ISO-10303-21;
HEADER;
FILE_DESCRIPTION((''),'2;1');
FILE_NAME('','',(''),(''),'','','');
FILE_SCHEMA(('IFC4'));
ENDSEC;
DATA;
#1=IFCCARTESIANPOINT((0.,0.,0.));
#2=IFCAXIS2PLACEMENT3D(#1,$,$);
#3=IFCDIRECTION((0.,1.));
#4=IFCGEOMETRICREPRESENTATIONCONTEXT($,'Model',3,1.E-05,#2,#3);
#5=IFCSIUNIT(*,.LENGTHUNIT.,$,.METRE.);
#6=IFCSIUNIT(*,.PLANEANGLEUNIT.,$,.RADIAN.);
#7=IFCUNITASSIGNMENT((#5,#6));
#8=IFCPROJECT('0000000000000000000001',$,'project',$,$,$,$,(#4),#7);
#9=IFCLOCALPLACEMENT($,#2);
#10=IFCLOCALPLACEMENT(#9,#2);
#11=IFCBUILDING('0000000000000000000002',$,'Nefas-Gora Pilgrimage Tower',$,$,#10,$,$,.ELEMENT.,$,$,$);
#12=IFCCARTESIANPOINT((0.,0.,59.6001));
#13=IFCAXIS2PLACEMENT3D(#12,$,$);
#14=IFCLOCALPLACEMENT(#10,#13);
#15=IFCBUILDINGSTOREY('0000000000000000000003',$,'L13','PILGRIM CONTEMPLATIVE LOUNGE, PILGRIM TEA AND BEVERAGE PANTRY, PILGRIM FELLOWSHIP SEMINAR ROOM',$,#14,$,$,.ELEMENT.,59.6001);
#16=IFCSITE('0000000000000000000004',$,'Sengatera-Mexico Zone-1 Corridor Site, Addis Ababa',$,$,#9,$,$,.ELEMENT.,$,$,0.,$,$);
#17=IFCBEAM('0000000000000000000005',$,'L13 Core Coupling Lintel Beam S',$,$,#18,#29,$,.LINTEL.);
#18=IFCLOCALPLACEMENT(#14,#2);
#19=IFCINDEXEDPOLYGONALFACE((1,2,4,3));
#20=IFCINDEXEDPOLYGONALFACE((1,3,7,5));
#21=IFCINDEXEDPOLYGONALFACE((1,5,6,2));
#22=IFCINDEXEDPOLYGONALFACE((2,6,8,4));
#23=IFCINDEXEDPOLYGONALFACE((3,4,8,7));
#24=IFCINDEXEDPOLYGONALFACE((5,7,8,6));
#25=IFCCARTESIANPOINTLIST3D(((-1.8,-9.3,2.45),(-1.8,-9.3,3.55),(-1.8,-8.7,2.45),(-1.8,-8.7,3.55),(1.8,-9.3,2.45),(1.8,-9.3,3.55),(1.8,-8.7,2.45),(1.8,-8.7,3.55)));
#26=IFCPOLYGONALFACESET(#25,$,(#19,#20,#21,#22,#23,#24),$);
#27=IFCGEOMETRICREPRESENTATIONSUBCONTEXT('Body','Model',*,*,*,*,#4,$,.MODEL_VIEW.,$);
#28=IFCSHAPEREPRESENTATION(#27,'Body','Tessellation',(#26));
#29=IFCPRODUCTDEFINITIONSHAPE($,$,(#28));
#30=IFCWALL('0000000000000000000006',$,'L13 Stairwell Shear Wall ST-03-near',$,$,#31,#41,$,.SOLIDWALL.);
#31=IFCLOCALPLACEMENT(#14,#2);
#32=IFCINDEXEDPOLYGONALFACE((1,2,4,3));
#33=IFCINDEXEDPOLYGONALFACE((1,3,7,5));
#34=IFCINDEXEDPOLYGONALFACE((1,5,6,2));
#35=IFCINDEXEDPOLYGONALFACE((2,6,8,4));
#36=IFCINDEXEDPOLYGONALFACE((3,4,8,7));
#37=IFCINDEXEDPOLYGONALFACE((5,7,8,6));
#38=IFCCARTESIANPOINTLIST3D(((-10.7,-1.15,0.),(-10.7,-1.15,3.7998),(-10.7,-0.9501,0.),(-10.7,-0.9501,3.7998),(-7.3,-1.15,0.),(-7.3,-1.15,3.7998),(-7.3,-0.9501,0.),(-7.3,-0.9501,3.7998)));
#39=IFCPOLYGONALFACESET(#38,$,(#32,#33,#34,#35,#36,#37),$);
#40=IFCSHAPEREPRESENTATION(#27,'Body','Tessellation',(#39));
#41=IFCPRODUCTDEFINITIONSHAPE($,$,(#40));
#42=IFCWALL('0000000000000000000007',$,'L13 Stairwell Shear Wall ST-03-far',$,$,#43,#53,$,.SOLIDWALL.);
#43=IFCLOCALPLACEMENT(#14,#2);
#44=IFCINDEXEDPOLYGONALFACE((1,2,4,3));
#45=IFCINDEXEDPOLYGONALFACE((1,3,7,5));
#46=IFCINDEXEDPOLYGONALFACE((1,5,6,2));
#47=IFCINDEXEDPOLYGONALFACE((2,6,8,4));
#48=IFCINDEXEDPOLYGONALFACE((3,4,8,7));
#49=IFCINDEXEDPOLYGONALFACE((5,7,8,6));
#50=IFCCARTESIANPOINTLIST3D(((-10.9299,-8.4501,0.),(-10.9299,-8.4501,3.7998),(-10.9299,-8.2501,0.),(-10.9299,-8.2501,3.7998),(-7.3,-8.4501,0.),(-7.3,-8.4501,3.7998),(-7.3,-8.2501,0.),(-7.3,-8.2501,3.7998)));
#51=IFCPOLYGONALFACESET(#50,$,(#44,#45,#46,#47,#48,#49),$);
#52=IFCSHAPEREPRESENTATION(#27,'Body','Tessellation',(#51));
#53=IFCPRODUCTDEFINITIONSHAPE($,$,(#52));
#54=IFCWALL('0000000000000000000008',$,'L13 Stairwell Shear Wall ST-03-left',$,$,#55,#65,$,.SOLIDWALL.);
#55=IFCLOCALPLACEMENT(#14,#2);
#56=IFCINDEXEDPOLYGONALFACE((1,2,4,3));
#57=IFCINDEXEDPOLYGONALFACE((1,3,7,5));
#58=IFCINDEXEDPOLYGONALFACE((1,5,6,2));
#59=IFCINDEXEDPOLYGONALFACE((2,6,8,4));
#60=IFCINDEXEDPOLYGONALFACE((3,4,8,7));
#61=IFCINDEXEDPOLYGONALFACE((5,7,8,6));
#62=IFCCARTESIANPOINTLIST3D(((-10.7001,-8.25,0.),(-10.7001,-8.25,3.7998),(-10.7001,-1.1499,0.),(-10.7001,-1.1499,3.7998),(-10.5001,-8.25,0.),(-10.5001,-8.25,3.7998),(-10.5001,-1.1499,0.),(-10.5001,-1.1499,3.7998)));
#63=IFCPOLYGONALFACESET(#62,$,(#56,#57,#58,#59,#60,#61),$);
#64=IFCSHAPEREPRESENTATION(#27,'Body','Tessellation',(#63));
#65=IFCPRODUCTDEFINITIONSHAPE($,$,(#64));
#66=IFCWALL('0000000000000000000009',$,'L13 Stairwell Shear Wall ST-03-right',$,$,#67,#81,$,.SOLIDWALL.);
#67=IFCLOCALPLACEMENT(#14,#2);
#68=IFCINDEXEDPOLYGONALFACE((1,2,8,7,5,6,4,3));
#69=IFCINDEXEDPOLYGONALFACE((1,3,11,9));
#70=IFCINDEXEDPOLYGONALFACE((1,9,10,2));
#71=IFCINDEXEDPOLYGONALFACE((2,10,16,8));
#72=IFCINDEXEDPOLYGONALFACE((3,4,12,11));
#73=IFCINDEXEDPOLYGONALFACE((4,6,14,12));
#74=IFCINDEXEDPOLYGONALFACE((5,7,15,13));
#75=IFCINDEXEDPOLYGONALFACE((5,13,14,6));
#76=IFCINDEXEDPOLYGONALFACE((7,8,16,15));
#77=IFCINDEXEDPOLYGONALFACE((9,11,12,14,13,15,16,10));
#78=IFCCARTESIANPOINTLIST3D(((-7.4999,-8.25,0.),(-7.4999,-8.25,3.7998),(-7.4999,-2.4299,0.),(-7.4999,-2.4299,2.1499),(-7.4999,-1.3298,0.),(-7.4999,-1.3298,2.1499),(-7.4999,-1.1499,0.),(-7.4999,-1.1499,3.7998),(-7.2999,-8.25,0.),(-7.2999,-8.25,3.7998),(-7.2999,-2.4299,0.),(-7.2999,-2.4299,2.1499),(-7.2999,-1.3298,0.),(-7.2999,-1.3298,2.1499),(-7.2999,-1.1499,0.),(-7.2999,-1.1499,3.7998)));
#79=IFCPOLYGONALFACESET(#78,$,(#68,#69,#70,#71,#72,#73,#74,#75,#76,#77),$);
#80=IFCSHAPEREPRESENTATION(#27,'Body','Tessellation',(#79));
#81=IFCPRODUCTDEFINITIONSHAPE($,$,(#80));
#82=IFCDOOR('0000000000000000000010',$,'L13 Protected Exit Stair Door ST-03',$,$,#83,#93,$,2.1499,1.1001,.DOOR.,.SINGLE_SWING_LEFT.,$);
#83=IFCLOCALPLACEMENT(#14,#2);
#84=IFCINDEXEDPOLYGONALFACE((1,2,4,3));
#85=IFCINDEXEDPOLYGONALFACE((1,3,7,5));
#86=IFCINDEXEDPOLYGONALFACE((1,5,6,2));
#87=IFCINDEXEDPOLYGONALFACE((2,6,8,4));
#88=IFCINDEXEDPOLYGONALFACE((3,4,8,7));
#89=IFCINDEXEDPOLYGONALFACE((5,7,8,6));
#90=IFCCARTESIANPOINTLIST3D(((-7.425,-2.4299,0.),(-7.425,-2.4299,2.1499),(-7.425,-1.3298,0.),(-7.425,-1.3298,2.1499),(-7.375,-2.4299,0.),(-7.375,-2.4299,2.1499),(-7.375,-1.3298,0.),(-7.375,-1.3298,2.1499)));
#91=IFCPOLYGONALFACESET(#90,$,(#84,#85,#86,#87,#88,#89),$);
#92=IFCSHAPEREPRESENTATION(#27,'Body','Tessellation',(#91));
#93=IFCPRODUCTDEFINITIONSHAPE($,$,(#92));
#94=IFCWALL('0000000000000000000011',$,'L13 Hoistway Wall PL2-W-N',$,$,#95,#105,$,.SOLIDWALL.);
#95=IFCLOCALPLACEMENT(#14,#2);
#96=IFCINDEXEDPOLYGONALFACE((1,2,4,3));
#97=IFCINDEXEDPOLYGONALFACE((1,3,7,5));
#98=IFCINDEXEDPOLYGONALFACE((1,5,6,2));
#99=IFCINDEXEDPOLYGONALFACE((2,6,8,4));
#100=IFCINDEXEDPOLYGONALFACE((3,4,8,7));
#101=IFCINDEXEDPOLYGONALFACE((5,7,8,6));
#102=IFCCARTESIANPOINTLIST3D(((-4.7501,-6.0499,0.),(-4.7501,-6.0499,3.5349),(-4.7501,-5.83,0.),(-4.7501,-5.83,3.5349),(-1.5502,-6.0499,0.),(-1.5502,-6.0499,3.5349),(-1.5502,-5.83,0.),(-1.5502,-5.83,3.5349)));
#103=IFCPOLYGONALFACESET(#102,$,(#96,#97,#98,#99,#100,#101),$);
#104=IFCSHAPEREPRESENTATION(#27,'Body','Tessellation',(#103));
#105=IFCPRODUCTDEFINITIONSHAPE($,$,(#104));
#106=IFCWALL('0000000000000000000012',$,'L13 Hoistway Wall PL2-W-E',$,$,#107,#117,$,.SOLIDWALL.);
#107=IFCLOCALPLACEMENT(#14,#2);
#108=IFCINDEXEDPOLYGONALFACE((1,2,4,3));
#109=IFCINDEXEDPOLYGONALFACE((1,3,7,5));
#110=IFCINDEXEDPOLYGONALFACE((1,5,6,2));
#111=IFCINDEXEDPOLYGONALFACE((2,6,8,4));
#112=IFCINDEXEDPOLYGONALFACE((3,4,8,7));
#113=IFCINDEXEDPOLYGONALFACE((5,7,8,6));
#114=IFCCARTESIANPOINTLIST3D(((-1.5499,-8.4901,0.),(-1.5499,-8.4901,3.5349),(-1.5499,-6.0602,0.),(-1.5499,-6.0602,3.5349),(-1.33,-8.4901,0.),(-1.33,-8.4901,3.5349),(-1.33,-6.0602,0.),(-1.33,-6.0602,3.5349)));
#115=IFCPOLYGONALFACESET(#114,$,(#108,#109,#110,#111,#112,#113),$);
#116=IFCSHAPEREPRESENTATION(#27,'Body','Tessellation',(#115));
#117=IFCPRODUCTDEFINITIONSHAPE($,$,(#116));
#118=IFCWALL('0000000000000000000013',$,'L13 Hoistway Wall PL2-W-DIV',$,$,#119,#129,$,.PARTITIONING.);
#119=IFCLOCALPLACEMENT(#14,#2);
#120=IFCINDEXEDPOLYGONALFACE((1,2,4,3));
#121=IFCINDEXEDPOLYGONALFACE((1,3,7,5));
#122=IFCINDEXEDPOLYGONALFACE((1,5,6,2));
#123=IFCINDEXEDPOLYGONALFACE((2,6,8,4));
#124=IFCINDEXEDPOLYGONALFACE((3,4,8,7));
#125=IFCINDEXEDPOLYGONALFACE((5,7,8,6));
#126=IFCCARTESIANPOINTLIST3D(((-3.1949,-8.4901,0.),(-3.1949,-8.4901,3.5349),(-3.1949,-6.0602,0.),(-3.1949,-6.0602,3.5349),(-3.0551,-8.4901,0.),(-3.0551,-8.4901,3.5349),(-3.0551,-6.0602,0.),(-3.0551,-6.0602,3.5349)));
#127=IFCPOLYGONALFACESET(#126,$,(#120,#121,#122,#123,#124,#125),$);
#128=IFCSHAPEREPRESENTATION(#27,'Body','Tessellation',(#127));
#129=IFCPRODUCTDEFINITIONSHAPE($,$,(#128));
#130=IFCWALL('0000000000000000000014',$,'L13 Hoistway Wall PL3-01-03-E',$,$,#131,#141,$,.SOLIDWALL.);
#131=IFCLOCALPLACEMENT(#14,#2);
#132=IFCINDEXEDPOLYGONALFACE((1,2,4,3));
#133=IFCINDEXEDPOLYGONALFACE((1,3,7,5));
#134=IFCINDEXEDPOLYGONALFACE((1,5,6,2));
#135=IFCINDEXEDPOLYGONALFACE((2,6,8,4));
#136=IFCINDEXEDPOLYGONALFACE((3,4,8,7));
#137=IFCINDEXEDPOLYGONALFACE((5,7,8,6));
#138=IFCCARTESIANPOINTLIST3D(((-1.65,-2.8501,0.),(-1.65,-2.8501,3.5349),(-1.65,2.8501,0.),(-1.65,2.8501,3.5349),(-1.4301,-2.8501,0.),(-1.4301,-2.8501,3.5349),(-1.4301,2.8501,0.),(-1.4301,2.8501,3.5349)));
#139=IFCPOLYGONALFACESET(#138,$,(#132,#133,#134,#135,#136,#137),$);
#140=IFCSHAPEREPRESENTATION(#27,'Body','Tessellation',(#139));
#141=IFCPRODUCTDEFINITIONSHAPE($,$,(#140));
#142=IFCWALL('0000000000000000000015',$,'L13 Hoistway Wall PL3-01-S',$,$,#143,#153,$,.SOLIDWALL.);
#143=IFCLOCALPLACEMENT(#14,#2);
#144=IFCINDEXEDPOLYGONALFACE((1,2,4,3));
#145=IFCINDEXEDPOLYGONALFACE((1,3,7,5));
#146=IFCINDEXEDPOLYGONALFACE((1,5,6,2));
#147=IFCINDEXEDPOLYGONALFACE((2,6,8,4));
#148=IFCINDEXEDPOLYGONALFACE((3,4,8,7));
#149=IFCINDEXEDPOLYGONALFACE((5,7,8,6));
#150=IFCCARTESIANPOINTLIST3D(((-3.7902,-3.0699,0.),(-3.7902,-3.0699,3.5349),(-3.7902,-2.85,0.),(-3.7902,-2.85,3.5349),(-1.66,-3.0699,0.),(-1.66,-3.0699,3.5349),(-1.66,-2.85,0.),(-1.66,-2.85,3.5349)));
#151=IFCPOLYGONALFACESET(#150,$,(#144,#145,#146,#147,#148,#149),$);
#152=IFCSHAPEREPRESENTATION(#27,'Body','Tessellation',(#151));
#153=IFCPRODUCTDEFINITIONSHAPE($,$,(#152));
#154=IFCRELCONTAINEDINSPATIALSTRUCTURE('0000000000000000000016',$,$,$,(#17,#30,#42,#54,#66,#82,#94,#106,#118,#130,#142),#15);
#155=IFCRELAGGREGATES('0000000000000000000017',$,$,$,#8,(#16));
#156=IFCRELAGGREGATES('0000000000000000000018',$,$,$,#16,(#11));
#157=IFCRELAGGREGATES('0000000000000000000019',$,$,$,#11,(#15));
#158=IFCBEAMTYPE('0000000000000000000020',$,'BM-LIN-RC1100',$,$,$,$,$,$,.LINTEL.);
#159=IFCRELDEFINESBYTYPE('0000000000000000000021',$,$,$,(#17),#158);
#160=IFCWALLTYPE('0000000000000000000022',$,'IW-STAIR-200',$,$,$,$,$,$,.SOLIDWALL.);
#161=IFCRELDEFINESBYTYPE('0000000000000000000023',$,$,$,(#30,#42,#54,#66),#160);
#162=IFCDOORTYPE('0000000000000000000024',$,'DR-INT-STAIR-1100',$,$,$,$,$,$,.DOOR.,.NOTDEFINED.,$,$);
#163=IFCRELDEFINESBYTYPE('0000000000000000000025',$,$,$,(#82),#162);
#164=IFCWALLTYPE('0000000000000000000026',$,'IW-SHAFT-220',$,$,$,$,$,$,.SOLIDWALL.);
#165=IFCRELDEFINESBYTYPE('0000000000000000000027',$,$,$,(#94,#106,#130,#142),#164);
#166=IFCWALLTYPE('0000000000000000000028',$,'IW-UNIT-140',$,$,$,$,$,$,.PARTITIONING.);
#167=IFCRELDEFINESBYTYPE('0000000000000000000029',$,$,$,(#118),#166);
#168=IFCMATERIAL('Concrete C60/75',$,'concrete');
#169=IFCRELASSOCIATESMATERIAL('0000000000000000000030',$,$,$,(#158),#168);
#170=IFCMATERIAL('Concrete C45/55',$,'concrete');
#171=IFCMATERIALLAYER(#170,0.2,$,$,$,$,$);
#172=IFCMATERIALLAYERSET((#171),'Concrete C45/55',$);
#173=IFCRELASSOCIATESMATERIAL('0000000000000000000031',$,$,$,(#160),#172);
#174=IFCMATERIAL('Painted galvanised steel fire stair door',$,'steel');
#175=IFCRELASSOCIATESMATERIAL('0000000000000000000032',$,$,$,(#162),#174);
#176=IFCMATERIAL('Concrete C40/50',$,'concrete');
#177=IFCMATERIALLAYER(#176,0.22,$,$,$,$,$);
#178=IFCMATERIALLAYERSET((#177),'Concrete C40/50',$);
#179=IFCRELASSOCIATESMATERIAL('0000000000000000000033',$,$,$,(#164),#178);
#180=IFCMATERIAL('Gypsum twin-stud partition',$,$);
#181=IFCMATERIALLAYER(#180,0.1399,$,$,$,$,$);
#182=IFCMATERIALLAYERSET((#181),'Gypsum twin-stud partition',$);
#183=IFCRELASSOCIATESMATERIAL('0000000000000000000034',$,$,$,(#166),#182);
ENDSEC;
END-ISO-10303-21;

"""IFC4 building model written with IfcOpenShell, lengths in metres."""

from ifc_helpers import new_model, si_unit, direction, frame, frame_2d, origin, origin_2d, place, context, subcontext, project, spatial, rectangle, extrude, source, transform, mapped, material, layer, layer_set, material_profile, profile_set, type_object, element, fill, save


model = new_model("IFC4")

# Units and contexts
model_context = context("Model", 3, precision=1e-05, world=origin(), true_north=direction((0.0, 1.0)))
body_context = subcontext(model_context, "Body", "Model", "MODEL_VIEW")
ifc_project = project(units=[si_unit("LENGTHUNIT", "METRE"), si_unit("PLANEANGLEUNIT", "RADIAN")], contexts=[model_context])

# Site, building, storey
site_placement = place(None, origin())
site = spatial("IfcSite", under=ifc_project, at=site_placement, Name="Sengatera-Mexico Zone-1 Corridor Site, Addis Ababa", CompositionType="ELEMENT", RefElevation=0.0)
building_placement = place(site_placement, origin())
building = spatial("IfcBuilding", under=site, at=building_placement, Name="Nefas-Gora Pilgrimage Tower", CompositionType="ELEMENT")
storey_placement = place(building_placement, frame((0.0, 0.0, 59.6001)))
storey = spatial("IfcBuildingStorey", under=building, at=storey_placement, Name="L13", Description="PILGRIM CONTEMPLATIVE LOUNGE, PILGRIM TEA AND BEVERAGE PANTRY, PILGRIM FELLOWSHIP SEMINAR ROOM", CompositionType="ELEMENT", Elevation=59.6001)

# Beam
ifc_material_1 = material(Name="Concrete C60/75", Category="concrete")
ifc_material_profile = material_profile(ifc_material_1, rectangle(XDim=0.6001, YDim=1.1001, at=origin_2d()), Name="RC 600x1100")
ifc_profile_set = profile_set([ifc_material_profile], Name="Concrete C60/75")
beam_type = type_object("IfcBeamType", Name="BM-LIN-RC1100", PredefinedType="LINTEL", material=ifc_profile_set)
shared_shape_1 = source(origin(), body_context, "Body", "SweptSolid", [
    extrude(rectangle(XDim=0.6001, YDim=1.1001, at=origin_2d()), origin(), (0.0, 0.0, 1.0), 3.6001),
])
beam_placement = place(storey_placement, frame((-1.8, -9.0, 3.0), z_axis=(1.0, 0.0, 0.0), x_axis=(0.0, 1.0, 0.0)))
element("IfcBeam", 1, at=beam_placement, inside=storey, type_object=beam_type, Name="L13 Core Coupling Lintel Beam S", PredefinedType="LINTEL", context=body_context, shape_type="MappedRepresentation", body=[
    mapped(shared_shape_1, transform((0.0, 0.0, 0.0), x_axis=(1.0, 0.0, 0.0), y_axis=(0.0, 1.0, 0.0), z_axis=(0.0, 0.0, 1.0), scale=1.0)),
])

# Walls
ifc_material_2 = material(Name="Concrete C45/55", Category="concrete")
ifc_layer_1 = layer(ifc_material_2, 0.2)
ifc_layer_set_1 = layer_set([ifc_layer_1], Name="Concrete C45/55")
wall_type_1 = type_object("IfcWallType", Name="IW-STAIR-200", PredefinedType="SOLIDWALL", material=ifc_layer_set_1)
shared_shape_2 = source(origin(), body_context, "Body", "SweptSolid", [
    extrude(rectangle(XDim=3.3999, YDim=0.2, at=frame_2d((1.7, 0.0))), origin(), (0.0, 0.0, 1.0), 3.7998),
])
wall_1_placement = place(storey_placement, frame((-10.7, -1.05, 0.0), z_axis=(0.0, 0.0, 1.0), x_axis=(1.0, 0.0, 0.0)))
element("IfcWall", 2, at=wall_1_placement, inside=storey, type_object=wall_type_1, Name="L13 Stairwell Shear Wall ST-03-near", PredefinedType="SOLIDWALL", context=body_context, shape_type="MappedRepresentation", body=[
    mapped(shared_shape_2, transform((0.0, 0.0, 0.0), x_axis=(1.0, 0.0, 0.0), y_axis=(0.0, 1.0, 0.0), z_axis=(0.0, 0.0, 1.0), scale=1.0)),
])
shared_shape_3 = source(origin(), body_context, "Body", "SweptSolid", [
    extrude(rectangle(XDim=3.6299, YDim=0.2, at=frame_2d((1.8149, 0.0))), origin(), (0.0, 0.0, 1.0), 3.7998),
])
wall_2_placement = place(storey_placement, frame((-10.9299, -8.3501, 0.0), z_axis=(0.0, 0.0, 1.0), x_axis=(1.0, 0.0, 0.0)))
element("IfcWall", 3, at=wall_2_placement, inside=storey, type_object=wall_type_1, Name="L13 Stairwell Shear Wall ST-03-far", PredefinedType="SOLIDWALL", context=body_context, shape_type="MappedRepresentation", body=[
    mapped(shared_shape_3, transform((0.0, 0.0, 0.0), x_axis=(1.0, 0.0, 0.0), y_axis=(0.0, 1.0, 0.0), z_axis=(0.0, 0.0, 1.0), scale=1.0)),
])
shared_shape_4 = source(origin(), body_context, "Body", "SweptSolid", [
    extrude(rectangle(XDim=7.1001, YDim=0.2, at=frame_2d((3.55, 0.0))), origin(), (0.0, 0.0, 1.0), 3.7998),
])
wall_3_placement = place(storey_placement, frame((-10.6001, -1.1499, 0.0), z_axis=(0.0, 0.0, 1.0), x_axis=(0.0, -1.0, 0.0)))
element("IfcWall", 4, at=wall_3_placement, inside=storey, type_object=wall_type_1, Name="L13 Stairwell Shear Wall ST-03-left", PredefinedType="SOLIDWALL", context=body_context, shape_type="MappedRepresentation", body=[
    mapped(shared_shape_4, transform((0.0, 0.0, 0.0), x_axis=(1.0, 0.0, 0.0), y_axis=(0.0, 1.0, 0.0), z_axis=(0.0, 0.0, 1.0), scale=1.0)),
])

# Wall, opening, door
wall_4_placement = place(storey_placement, frame((-7.3999, -1.1499, 0.0), z_axis=(0.0, 0.0, 1.0), x_axis=(0.0, -1.0, 0.0)))
wall_4 = element("IfcWall", 5, at=wall_4_placement, inside=storey, type_object=wall_type_1, Name="L13 Stairwell Shear Wall ST-03-right", PredefinedType="SOLIDWALL", context=body_context, shape_type="MappedRepresentation", body=[
    mapped(shared_shape_4, transform((0.0, 0.0, 0.0), x_axis=(1.0, 0.0, 0.0), y_axis=(0.0, 1.0, 0.0), z_axis=(0.0, 0.0, 1.0), scale=1.0)),
])
opening_1_placement = place(wall_4_placement, frame((0.1799, 0.0, 0.0)))
opening_1 = element("IfcOpeningElement", 6, at=opening_1_placement, cuts=wall_4, PredefinedType="OPENING", context=body_context, shape_type="SweptSolid", body=[
    extrude(rectangle(XDim=1.1001, YDim=2.1499, at=frame_2d((0.55, 1.075))), frame((0.0, 0.1099, 0.0), z_axis=(0.0, -1.0, 0.0), x_axis=(1.0, 0.0, 0.0)), (0.0, 0.0, 1.0), 0.22),
])
ifc_material_3 = material(Name="Painted galvanised steel fire stair door", Category="steel")
door_type_1 = type_object("IfcDoorType", Name="DR-INT-STAIR-1100", OperationType="NOTDEFINED", PredefinedType="DOOR", material=ifc_material_3)
shared_shape_5 = source(origin(), body_context, "Body", "SweptSolid", [
    extrude(rectangle(XDim=1.1001, YDim=2.1499, at=frame_2d((0.55, 1.075))), frame((0.0, 0.0249, 0.0), z_axis=(0.0, -1.0, 0.0), x_axis=(1.0, 0.0, 0.0)), (0.0, 0.0, 1.0), 0.05),
])
door_1_placement = place(opening_1_placement, origin())
door_1 = element("IfcDoor", 7, at=door_1_placement, inside=storey, type_object=door_type_1, Name="L13 Protected Exit Stair Door ST-03", OperationType="SINGLE_SWING_LEFT", OverallHeight=2.1499, OverallWidth=1.1001, PredefinedType="DOOR", context=body_context, shape_type="MappedRepresentation", body=[
    mapped(shared_shape_5, transform((0.0, 0.0, 0.0), x_axis=(1.0, 0.0, 0.0), y_axis=(0.0, 1.0, 0.0), z_axis=(0.0, 0.0, 1.0), scale=1.0)),
])
fill(opening_1, door_1)

# Walls
ifc_material_4 = material(Name="Concrete C40/50", Category="concrete")
ifc_layer_2 = layer(ifc_material_4, 0.22)
ifc_layer_set_2 = layer_set([ifc_layer_2], Name="Concrete C40/50")
wall_type_2 = type_object("IfcWallType", Name="IW-SHAFT-220", PredefinedType="SOLIDWALL", material=ifc_layer_set_2)
shared_shape_6 = source(origin(), body_context, "Body", "SweptSolid", [
    extrude(rectangle(XDim=3.2, YDim=0.22, at=frame_2d((1.6001, 0.0))), origin(), (0.0, 0.0, 1.0), 3.5349),
])
wall_5_placement = place(storey_placement, frame((-1.55, -5.9399, 0.0), z_axis=(0.0, 0.0, 1.0), x_axis=(-1.0, 0.0, 0.0)))
element("IfcWall", 8, at=wall_5_placement, inside=storey, type_object=wall_type_2, Name="L13 Hoistway Wall PL2-W-N", PredefinedType="SOLIDWALL", context=body_context, shape_type="MappedRepresentation", body=[
    mapped(shared_shape_6, transform((0.0, 0.0, 0.0), x_axis=(1.0, 0.0, 0.0), y_axis=(0.0, 1.0, 0.0), z_axis=(0.0, 0.0, 1.0), scale=1.0)),
])
shared_shape_7 = source(origin(), body_context, "Body", "SweptSolid", [
    extrude(rectangle(XDim=2.4299, YDim=0.22, at=frame_2d((1.2148, 0.0))), origin(), (0.0, 0.0, 1.0), 3.5349),
])
for number, where, z_axis, x_axis, name in (
    (9, (-1.4399, -8.49, 0.0), (0.0, 0.0, 1.0), (0.0, 1.0, 0.0), "L13 Hoistway Wall PL2-W-E"),
):
    element("IfcWall", number, at=place(storey_placement, frame(where, z_axis=z_axis, x_axis=x_axis)), inside=storey, type_object=wall_type_2, Name=name, PredefinedType="SOLIDWALL", context=body_context, shape_type="MappedRepresentation", body=[
        mapped(shared_shape_7, transform((0.0, 0.0, 0.0), x_axis=(1.0, 0.0, 0.0), y_axis=(0.0, 1.0, 0.0), z_axis=(0.0, 0.0, 1.0), scale=1.0)),
    ])
ifc_material_5 = material(Name="Gypsum twin-stud partition")
ifc_layer_3 = layer(ifc_material_5, 0.1399)
ifc_layer_set_3 = layer_set([ifc_layer_3], Name="Gypsum twin-stud partition")
wall_type_3 = type_object("IfcWallType", Name="IW-UNIT-140", PredefinedType="PARTITIONING", material=ifc_layer_set_3)
shared_shape_8 = source(origin(), body_context, "Body", "SweptSolid", [
    extrude(rectangle(XDim=2.4299, YDim=0.1399, at=frame_2d((1.2148, 0.0))), origin(), (0.0, 0.0, 1.0), 3.5349),
])
wall_6_placement = place(storey_placement, frame((-3.125, -8.49, 0.0), z_axis=(0.0, 0.0, 1.0), x_axis=(0.0, 1.0, 0.0)))
element("IfcWall", 10, at=wall_6_placement, inside=storey, type_object=wall_type_3, Name="L13 Hoistway Wall PL2-W-DIV", PredefinedType="PARTITIONING", context=body_context, shape_type="MappedRepresentation", body=[
    mapped(shared_shape_8, transform((0.0, 0.0, 0.0), x_axis=(1.0, 0.0, 0.0), y_axis=(0.0, 1.0, 0.0), z_axis=(0.0, 0.0, 1.0), scale=1.0)),
])
shared_shape_9 = source(origin(), body_context, "Body", "SweptSolid", [
    extrude(rectangle(XDim=5.7002, YDim=0.22, at=frame_2d((2.8501, 0.0))), origin(), (0.0, 0.0, 1.0), 3.5349),
])
wall_7_placement = place(storey_placement, frame((-1.54, -2.8501, 0.0), z_axis=(0.0, 0.0, 1.0), x_axis=(0.0, 1.0, 0.0)))
element("IfcWall", 11, at=wall_7_placement, inside=storey, type_object=wall_type_2, Name="L13 Hoistway Wall PL3-01-03-E", PredefinedType="SOLIDWALL", context=body_context, shape_type="MappedRepresentation", body=[
    mapped(shared_shape_9, transform((0.0, 0.0, 0.0), x_axis=(1.0, 0.0, 0.0), y_axis=(0.0, 1.0, 0.0), z_axis=(0.0, 0.0, 1.0), scale=1.0)),
])
shared_shape_10 = source(origin(), body_context, "Body", "SweptSolid", [
    extrude(rectangle(XDim=2.1301, YDim=0.22, at=frame_2d((1.0649, 0.0))), origin(), (0.0, 0.0, 1.0), 3.5349),
])
wall_8_placement = place(storey_placement, frame((-3.79, -2.96, 0.0), z_axis=(0.0, 0.0, 1.0), x_axis=(1.0, 0.0, 0.0)))
element("IfcWall", 12, at=wall_8_placement, inside=storey, type_object=wall_type_2, Name="L13 Hoistway Wall PL3-01-S", PredefinedType="SOLIDWALL", context=body_context, shape_type="MappedRepresentation", body=[
    mapped(shared_shape_10, transform((0.0, 0.0, 0.0), x_axis=(1.0, 0.0, 0.0), y_axis=(0.0, 1.0, 0.0), z_axis=(0.0, 0.0, 1.0), scale=1.0)),
])

save(model, "model.ifc")
